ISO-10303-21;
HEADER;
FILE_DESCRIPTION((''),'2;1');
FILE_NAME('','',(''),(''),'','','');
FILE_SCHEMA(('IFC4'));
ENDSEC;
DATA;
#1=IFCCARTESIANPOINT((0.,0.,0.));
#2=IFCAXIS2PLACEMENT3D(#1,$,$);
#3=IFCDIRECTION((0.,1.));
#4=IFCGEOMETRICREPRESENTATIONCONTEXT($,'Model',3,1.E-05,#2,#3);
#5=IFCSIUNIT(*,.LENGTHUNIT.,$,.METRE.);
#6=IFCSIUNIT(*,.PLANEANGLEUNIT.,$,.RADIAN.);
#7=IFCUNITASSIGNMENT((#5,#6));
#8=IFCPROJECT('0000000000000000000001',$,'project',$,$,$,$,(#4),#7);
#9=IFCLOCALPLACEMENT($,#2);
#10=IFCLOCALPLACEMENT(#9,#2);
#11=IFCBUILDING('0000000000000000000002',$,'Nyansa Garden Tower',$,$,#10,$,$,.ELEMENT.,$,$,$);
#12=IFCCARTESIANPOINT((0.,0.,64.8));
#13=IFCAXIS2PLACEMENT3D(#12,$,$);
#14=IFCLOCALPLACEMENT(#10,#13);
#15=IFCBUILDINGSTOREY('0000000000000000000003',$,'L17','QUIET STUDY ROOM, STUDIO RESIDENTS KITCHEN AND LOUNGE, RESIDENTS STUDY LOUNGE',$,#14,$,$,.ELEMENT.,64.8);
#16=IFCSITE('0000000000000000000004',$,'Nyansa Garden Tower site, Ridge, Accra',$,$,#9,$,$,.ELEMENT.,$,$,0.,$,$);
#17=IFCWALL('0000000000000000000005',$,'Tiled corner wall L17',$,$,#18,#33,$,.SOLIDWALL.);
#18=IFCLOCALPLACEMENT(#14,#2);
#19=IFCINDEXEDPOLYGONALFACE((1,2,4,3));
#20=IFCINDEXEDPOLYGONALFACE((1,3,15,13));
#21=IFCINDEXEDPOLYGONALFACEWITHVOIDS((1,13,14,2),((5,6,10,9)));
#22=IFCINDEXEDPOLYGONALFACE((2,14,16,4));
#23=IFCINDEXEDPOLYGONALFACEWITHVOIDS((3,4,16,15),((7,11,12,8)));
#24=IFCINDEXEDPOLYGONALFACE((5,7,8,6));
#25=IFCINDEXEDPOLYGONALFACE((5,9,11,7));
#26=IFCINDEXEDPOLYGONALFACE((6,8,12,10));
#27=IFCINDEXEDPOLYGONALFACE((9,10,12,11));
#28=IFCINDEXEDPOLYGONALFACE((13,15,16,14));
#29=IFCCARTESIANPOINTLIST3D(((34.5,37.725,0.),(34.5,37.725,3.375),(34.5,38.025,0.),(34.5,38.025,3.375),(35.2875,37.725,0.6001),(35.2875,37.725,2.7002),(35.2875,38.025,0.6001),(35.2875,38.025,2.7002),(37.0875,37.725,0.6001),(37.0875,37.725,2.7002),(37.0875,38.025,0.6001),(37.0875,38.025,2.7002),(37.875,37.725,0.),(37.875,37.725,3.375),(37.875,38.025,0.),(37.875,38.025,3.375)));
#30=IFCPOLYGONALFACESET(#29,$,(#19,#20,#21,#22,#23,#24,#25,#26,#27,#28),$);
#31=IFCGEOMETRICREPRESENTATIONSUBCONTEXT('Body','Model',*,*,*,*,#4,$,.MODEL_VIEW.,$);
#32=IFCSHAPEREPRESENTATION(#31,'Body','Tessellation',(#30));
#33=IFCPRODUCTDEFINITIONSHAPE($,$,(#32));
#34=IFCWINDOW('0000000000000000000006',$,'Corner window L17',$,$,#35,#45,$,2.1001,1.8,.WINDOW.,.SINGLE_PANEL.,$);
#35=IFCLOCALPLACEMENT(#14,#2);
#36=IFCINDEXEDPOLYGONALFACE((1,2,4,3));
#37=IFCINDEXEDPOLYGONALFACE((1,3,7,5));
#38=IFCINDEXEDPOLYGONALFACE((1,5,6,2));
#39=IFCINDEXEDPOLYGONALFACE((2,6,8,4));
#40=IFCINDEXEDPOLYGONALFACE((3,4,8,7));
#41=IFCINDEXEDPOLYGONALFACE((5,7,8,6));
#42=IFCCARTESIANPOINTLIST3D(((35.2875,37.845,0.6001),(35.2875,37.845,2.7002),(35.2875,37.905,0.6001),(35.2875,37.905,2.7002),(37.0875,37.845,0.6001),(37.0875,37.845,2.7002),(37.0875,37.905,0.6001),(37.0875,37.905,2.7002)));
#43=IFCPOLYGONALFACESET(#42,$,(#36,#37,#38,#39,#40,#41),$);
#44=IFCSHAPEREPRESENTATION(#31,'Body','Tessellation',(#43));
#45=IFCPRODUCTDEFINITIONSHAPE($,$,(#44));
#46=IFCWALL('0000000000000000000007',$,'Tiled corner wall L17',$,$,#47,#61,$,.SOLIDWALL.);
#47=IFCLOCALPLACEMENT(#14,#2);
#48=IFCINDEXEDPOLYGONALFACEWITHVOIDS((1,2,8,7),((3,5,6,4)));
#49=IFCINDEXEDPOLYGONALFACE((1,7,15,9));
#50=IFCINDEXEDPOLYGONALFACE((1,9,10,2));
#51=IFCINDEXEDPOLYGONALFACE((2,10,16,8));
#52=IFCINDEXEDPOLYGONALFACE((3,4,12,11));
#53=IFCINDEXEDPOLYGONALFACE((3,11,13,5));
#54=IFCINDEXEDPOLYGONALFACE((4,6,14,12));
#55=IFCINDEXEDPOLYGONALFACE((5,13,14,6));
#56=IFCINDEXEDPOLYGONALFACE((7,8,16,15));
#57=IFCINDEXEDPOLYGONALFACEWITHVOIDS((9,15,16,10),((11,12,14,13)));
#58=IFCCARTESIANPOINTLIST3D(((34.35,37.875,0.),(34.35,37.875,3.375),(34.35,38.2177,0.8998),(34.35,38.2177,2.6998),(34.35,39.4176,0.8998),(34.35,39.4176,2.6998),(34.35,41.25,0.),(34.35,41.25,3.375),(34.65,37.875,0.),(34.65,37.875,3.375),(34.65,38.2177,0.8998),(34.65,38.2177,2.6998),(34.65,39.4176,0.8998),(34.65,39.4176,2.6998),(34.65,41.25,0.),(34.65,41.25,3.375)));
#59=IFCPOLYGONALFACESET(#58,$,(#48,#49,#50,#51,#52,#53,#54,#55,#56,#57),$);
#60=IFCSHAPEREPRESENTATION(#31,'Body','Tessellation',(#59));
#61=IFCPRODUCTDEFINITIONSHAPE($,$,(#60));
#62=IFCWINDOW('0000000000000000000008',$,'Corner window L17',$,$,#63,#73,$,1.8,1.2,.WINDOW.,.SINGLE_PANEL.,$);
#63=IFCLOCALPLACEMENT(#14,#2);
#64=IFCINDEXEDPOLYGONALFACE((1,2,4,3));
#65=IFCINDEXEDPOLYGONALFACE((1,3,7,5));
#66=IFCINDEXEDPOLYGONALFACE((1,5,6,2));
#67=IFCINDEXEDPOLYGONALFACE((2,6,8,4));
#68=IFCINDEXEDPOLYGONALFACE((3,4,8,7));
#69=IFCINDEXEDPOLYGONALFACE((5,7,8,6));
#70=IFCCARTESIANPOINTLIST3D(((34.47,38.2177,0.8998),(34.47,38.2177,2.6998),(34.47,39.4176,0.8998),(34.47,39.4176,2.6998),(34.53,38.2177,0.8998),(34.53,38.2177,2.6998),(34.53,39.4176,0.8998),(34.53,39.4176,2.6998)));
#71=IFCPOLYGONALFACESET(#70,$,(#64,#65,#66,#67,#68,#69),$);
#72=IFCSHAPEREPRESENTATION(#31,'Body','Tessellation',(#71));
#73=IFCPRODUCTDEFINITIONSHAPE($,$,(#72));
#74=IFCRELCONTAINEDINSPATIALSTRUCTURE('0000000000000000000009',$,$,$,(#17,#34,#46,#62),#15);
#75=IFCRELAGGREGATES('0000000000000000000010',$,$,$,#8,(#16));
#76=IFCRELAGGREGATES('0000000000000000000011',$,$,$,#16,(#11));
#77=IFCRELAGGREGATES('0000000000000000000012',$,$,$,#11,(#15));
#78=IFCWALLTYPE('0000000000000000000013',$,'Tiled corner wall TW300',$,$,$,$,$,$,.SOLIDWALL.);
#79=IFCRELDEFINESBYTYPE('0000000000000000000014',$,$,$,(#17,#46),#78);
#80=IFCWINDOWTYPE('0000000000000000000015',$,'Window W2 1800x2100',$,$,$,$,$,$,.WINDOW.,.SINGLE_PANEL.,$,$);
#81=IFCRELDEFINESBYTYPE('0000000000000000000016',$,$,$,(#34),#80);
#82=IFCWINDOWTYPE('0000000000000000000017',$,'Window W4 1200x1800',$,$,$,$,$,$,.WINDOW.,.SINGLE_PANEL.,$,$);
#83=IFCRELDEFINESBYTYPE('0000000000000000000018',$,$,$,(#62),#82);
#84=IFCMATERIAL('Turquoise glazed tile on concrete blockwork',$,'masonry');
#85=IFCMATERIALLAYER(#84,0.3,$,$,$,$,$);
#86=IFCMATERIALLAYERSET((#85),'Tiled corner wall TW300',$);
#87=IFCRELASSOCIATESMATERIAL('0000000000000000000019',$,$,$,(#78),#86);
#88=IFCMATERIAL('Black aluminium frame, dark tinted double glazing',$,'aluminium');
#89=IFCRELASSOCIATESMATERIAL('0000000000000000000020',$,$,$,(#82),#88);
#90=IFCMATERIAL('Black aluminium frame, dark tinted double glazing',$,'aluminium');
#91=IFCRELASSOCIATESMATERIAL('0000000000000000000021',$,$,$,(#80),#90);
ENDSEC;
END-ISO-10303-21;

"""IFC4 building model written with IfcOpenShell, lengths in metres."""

from ifc_helpers import new_model, si_unit, direction, frame, frame_2d, origin, place, context, subcontext, project, spatial, rectangle, extrude, material, layer, layer_set, type_object, element, fill, save


model = new_model("IFC4")

# Units and contexts
model_context = context("Model", 3, precision=1e-05, world=origin(), true_north=direction((0.0, 1.0)))
body_context = subcontext(model_context, "Body", "Model", "MODEL_VIEW")
ifc_project = project(units=[si_unit("LENGTHUNIT", "METRE"), si_unit("PLANEANGLEUNIT", "RADIAN")], contexts=[model_context])

# Site, building, storey
site_placement = place(None, origin())
site = spatial("IfcSite", under=ifc_project, at=site_placement, Name="Nyansa Garden Tower site, Ridge, Accra", CompositionType="ELEMENT", RefElevation=0.0)
building_placement = place(site_placement, origin())
building = spatial("IfcBuilding", under=site, at=building_placement, Name="Nyansa Garden Tower", CompositionType="ELEMENT")
storey_placement = place(building_placement, frame((0.0, 0.0, 64.8)))
storey = spatial("IfcBuildingStorey", under=building, at=storey_placement, Name="L17", Description="QUIET STUDY ROOM, STUDIO RESIDENTS KITCHEN AND LOUNGE, RESIDENTS STUDY LOUNGE", CompositionType="ELEMENT", Elevation=64.8)

# Walls, openings, windows
ifc_material_1 = material(Name="Turquoise glazed tile on concrete blockwork", Category="masonry")
ifc_layer_1 = layer(ifc_material_1, 0.3)
ifc_layer_set_1 = layer_set([ifc_layer_1], Name="Tiled corner wall TW300")
wall_type_1 = type_object("IfcWallType", Name="Tiled corner wall TW300", PredefinedType="SOLIDWALL", material=ifc_layer_set_1)
ifc_material_2 = material(Name="Black aluminium frame, dark tinted double glazing", Category="aluminium")
window_type_1 = type_object("IfcWindowType", Name="Window W4 1200x1800", PartitioningType="SINGLE_PANEL", PredefinedType="WINDOW", material=ifc_material_2)
ifc_material_3 = material(Name="Black aluminium frame, dark tinted double glazing", Category="aluminium")
window_type_2 = type_object("IfcWindowType", Name="Window W2 1800x2100", PartitioningType="SINGLE_PANEL", PredefinedType="WINDOW", material=ifc_material_3)
wall_1_placement = place(storey_placement, frame((37.875, 37.875, 0.0), z_axis=(0.0, 0.0, 1.0), x_axis=(-1.0, 0.0, 0.0)))
wall_1 = element("IfcWall", 1, at=wall_1_placement, inside=storey, type_object=wall_type_1, Name="Tiled corner wall L17", PredefinedType="SOLIDWALL", context=body_context, shape_type="SweptSolid", body=[
    extrude(rectangle(XDim=3.375, YDim=0.3, at=frame_2d((1.6875, 0.0))), origin(), (0.0, 0.0, 1.0), 3.375),
])
opening_1_placement = place(wall_1_placement, frame((0.7876, 0.0, 0.6001)))
opening_1 = element("IfcOpeningElement", 2, at=opening_1_placement, cuts=wall_1, PredefinedType="OPENING", context=body_context, shape_type="SweptSolid", body=[
    extrude(rectangle(XDim=1.8, YDim=2.1001, at=frame_2d((0.8999, 1.05))), frame((0.0, 0.1599, 0.0), z_axis=(0.0, -1.0, 0.0), x_axis=(1.0, 0.0, 0.0)), (0.0, 0.0, 1.0), 0.3201),
])
window_1_placement = place(opening_1_placement, origin())
window_1 = element("IfcWindow", 3, at=window_1_placement, inside=storey, type_object=window_type_2, Name="Corner window L17", OverallHeight=2.1001, OverallWidth=1.8, PartitioningType="SINGLE_PANEL", PredefinedType="WINDOW", context=body_context, shape_type="SweptSolid", body=[
    extrude(rectangle(XDim=1.8, YDim=2.1001, at=frame_2d((0.8999, 1.05))), frame((0.0, 0.03, 0.0), z_axis=(0.0, -1.0, 0.0), x_axis=(1.0, 0.0, 0.0)), (0.0, 0.0, 1.0), 0.0601),
])
fill(opening_1, window_1)
wall_2_placement = place(storey_placement, frame((34.5, 37.875, 0.0), z_axis=(0.0, 0.0, 1.0), x_axis=(0.0, 1.0, 0.0)))
wall_2 = element("IfcWall", 4, at=wall_2_placement, inside=storey, type_object=wall_type_1, Name="Tiled corner wall L17", PredefinedType="SOLIDWALL", context=body_context, shape_type="SweptSolid", body=[
    extrude(rectangle(XDim=3.375, YDim=0.3, at=frame_2d((1.6875, 0.0))), origin(), (0.0, 0.0, 1.0), 3.375),
])
opening_2_placement = place(wall_2_placement, frame((0.3425, 0.0, 0.8999)))
opening_2 = element("IfcOpeningElement", 5, at=opening_2_placement, cuts=wall_2, PredefinedType="OPENING", context=body_context, shape_type="SweptSolid", body=[
    extrude(rectangle(XDim=1.2, YDim=1.8, at=frame_2d((0.6001, 0.8999))), frame((0.0, 0.1599, 0.0), z_axis=(0.0, -1.0, 0.0), x_axis=(1.0, 0.0, 0.0)), (0.0, 0.0, 1.0), 0.3201),
])
window_2_placement = place(opening_2_placement, origin())
window_2 = element("IfcWindow", 6, at=window_2_placement, inside=storey, type_object=window_type_1, Name="Corner window L17", OverallHeight=1.8, OverallWidth=1.2, PartitioningType="SINGLE_PANEL", PredefinedType="WINDOW", context=body_context, shape_type="SweptSolid", body=[
    extrude(rectangle(XDim=1.2, YDim=1.8, at=frame_2d((0.6001, 0.8999))), frame((0.0, 0.03, 0.0), z_axis=(0.0, -1.0, 0.0), x_axis=(1.0, 0.0, 0.0)), (0.0, 0.0, 1.0), 0.0601),
])
fill(opening_2, window_2)

save(model, "model.ifc")
